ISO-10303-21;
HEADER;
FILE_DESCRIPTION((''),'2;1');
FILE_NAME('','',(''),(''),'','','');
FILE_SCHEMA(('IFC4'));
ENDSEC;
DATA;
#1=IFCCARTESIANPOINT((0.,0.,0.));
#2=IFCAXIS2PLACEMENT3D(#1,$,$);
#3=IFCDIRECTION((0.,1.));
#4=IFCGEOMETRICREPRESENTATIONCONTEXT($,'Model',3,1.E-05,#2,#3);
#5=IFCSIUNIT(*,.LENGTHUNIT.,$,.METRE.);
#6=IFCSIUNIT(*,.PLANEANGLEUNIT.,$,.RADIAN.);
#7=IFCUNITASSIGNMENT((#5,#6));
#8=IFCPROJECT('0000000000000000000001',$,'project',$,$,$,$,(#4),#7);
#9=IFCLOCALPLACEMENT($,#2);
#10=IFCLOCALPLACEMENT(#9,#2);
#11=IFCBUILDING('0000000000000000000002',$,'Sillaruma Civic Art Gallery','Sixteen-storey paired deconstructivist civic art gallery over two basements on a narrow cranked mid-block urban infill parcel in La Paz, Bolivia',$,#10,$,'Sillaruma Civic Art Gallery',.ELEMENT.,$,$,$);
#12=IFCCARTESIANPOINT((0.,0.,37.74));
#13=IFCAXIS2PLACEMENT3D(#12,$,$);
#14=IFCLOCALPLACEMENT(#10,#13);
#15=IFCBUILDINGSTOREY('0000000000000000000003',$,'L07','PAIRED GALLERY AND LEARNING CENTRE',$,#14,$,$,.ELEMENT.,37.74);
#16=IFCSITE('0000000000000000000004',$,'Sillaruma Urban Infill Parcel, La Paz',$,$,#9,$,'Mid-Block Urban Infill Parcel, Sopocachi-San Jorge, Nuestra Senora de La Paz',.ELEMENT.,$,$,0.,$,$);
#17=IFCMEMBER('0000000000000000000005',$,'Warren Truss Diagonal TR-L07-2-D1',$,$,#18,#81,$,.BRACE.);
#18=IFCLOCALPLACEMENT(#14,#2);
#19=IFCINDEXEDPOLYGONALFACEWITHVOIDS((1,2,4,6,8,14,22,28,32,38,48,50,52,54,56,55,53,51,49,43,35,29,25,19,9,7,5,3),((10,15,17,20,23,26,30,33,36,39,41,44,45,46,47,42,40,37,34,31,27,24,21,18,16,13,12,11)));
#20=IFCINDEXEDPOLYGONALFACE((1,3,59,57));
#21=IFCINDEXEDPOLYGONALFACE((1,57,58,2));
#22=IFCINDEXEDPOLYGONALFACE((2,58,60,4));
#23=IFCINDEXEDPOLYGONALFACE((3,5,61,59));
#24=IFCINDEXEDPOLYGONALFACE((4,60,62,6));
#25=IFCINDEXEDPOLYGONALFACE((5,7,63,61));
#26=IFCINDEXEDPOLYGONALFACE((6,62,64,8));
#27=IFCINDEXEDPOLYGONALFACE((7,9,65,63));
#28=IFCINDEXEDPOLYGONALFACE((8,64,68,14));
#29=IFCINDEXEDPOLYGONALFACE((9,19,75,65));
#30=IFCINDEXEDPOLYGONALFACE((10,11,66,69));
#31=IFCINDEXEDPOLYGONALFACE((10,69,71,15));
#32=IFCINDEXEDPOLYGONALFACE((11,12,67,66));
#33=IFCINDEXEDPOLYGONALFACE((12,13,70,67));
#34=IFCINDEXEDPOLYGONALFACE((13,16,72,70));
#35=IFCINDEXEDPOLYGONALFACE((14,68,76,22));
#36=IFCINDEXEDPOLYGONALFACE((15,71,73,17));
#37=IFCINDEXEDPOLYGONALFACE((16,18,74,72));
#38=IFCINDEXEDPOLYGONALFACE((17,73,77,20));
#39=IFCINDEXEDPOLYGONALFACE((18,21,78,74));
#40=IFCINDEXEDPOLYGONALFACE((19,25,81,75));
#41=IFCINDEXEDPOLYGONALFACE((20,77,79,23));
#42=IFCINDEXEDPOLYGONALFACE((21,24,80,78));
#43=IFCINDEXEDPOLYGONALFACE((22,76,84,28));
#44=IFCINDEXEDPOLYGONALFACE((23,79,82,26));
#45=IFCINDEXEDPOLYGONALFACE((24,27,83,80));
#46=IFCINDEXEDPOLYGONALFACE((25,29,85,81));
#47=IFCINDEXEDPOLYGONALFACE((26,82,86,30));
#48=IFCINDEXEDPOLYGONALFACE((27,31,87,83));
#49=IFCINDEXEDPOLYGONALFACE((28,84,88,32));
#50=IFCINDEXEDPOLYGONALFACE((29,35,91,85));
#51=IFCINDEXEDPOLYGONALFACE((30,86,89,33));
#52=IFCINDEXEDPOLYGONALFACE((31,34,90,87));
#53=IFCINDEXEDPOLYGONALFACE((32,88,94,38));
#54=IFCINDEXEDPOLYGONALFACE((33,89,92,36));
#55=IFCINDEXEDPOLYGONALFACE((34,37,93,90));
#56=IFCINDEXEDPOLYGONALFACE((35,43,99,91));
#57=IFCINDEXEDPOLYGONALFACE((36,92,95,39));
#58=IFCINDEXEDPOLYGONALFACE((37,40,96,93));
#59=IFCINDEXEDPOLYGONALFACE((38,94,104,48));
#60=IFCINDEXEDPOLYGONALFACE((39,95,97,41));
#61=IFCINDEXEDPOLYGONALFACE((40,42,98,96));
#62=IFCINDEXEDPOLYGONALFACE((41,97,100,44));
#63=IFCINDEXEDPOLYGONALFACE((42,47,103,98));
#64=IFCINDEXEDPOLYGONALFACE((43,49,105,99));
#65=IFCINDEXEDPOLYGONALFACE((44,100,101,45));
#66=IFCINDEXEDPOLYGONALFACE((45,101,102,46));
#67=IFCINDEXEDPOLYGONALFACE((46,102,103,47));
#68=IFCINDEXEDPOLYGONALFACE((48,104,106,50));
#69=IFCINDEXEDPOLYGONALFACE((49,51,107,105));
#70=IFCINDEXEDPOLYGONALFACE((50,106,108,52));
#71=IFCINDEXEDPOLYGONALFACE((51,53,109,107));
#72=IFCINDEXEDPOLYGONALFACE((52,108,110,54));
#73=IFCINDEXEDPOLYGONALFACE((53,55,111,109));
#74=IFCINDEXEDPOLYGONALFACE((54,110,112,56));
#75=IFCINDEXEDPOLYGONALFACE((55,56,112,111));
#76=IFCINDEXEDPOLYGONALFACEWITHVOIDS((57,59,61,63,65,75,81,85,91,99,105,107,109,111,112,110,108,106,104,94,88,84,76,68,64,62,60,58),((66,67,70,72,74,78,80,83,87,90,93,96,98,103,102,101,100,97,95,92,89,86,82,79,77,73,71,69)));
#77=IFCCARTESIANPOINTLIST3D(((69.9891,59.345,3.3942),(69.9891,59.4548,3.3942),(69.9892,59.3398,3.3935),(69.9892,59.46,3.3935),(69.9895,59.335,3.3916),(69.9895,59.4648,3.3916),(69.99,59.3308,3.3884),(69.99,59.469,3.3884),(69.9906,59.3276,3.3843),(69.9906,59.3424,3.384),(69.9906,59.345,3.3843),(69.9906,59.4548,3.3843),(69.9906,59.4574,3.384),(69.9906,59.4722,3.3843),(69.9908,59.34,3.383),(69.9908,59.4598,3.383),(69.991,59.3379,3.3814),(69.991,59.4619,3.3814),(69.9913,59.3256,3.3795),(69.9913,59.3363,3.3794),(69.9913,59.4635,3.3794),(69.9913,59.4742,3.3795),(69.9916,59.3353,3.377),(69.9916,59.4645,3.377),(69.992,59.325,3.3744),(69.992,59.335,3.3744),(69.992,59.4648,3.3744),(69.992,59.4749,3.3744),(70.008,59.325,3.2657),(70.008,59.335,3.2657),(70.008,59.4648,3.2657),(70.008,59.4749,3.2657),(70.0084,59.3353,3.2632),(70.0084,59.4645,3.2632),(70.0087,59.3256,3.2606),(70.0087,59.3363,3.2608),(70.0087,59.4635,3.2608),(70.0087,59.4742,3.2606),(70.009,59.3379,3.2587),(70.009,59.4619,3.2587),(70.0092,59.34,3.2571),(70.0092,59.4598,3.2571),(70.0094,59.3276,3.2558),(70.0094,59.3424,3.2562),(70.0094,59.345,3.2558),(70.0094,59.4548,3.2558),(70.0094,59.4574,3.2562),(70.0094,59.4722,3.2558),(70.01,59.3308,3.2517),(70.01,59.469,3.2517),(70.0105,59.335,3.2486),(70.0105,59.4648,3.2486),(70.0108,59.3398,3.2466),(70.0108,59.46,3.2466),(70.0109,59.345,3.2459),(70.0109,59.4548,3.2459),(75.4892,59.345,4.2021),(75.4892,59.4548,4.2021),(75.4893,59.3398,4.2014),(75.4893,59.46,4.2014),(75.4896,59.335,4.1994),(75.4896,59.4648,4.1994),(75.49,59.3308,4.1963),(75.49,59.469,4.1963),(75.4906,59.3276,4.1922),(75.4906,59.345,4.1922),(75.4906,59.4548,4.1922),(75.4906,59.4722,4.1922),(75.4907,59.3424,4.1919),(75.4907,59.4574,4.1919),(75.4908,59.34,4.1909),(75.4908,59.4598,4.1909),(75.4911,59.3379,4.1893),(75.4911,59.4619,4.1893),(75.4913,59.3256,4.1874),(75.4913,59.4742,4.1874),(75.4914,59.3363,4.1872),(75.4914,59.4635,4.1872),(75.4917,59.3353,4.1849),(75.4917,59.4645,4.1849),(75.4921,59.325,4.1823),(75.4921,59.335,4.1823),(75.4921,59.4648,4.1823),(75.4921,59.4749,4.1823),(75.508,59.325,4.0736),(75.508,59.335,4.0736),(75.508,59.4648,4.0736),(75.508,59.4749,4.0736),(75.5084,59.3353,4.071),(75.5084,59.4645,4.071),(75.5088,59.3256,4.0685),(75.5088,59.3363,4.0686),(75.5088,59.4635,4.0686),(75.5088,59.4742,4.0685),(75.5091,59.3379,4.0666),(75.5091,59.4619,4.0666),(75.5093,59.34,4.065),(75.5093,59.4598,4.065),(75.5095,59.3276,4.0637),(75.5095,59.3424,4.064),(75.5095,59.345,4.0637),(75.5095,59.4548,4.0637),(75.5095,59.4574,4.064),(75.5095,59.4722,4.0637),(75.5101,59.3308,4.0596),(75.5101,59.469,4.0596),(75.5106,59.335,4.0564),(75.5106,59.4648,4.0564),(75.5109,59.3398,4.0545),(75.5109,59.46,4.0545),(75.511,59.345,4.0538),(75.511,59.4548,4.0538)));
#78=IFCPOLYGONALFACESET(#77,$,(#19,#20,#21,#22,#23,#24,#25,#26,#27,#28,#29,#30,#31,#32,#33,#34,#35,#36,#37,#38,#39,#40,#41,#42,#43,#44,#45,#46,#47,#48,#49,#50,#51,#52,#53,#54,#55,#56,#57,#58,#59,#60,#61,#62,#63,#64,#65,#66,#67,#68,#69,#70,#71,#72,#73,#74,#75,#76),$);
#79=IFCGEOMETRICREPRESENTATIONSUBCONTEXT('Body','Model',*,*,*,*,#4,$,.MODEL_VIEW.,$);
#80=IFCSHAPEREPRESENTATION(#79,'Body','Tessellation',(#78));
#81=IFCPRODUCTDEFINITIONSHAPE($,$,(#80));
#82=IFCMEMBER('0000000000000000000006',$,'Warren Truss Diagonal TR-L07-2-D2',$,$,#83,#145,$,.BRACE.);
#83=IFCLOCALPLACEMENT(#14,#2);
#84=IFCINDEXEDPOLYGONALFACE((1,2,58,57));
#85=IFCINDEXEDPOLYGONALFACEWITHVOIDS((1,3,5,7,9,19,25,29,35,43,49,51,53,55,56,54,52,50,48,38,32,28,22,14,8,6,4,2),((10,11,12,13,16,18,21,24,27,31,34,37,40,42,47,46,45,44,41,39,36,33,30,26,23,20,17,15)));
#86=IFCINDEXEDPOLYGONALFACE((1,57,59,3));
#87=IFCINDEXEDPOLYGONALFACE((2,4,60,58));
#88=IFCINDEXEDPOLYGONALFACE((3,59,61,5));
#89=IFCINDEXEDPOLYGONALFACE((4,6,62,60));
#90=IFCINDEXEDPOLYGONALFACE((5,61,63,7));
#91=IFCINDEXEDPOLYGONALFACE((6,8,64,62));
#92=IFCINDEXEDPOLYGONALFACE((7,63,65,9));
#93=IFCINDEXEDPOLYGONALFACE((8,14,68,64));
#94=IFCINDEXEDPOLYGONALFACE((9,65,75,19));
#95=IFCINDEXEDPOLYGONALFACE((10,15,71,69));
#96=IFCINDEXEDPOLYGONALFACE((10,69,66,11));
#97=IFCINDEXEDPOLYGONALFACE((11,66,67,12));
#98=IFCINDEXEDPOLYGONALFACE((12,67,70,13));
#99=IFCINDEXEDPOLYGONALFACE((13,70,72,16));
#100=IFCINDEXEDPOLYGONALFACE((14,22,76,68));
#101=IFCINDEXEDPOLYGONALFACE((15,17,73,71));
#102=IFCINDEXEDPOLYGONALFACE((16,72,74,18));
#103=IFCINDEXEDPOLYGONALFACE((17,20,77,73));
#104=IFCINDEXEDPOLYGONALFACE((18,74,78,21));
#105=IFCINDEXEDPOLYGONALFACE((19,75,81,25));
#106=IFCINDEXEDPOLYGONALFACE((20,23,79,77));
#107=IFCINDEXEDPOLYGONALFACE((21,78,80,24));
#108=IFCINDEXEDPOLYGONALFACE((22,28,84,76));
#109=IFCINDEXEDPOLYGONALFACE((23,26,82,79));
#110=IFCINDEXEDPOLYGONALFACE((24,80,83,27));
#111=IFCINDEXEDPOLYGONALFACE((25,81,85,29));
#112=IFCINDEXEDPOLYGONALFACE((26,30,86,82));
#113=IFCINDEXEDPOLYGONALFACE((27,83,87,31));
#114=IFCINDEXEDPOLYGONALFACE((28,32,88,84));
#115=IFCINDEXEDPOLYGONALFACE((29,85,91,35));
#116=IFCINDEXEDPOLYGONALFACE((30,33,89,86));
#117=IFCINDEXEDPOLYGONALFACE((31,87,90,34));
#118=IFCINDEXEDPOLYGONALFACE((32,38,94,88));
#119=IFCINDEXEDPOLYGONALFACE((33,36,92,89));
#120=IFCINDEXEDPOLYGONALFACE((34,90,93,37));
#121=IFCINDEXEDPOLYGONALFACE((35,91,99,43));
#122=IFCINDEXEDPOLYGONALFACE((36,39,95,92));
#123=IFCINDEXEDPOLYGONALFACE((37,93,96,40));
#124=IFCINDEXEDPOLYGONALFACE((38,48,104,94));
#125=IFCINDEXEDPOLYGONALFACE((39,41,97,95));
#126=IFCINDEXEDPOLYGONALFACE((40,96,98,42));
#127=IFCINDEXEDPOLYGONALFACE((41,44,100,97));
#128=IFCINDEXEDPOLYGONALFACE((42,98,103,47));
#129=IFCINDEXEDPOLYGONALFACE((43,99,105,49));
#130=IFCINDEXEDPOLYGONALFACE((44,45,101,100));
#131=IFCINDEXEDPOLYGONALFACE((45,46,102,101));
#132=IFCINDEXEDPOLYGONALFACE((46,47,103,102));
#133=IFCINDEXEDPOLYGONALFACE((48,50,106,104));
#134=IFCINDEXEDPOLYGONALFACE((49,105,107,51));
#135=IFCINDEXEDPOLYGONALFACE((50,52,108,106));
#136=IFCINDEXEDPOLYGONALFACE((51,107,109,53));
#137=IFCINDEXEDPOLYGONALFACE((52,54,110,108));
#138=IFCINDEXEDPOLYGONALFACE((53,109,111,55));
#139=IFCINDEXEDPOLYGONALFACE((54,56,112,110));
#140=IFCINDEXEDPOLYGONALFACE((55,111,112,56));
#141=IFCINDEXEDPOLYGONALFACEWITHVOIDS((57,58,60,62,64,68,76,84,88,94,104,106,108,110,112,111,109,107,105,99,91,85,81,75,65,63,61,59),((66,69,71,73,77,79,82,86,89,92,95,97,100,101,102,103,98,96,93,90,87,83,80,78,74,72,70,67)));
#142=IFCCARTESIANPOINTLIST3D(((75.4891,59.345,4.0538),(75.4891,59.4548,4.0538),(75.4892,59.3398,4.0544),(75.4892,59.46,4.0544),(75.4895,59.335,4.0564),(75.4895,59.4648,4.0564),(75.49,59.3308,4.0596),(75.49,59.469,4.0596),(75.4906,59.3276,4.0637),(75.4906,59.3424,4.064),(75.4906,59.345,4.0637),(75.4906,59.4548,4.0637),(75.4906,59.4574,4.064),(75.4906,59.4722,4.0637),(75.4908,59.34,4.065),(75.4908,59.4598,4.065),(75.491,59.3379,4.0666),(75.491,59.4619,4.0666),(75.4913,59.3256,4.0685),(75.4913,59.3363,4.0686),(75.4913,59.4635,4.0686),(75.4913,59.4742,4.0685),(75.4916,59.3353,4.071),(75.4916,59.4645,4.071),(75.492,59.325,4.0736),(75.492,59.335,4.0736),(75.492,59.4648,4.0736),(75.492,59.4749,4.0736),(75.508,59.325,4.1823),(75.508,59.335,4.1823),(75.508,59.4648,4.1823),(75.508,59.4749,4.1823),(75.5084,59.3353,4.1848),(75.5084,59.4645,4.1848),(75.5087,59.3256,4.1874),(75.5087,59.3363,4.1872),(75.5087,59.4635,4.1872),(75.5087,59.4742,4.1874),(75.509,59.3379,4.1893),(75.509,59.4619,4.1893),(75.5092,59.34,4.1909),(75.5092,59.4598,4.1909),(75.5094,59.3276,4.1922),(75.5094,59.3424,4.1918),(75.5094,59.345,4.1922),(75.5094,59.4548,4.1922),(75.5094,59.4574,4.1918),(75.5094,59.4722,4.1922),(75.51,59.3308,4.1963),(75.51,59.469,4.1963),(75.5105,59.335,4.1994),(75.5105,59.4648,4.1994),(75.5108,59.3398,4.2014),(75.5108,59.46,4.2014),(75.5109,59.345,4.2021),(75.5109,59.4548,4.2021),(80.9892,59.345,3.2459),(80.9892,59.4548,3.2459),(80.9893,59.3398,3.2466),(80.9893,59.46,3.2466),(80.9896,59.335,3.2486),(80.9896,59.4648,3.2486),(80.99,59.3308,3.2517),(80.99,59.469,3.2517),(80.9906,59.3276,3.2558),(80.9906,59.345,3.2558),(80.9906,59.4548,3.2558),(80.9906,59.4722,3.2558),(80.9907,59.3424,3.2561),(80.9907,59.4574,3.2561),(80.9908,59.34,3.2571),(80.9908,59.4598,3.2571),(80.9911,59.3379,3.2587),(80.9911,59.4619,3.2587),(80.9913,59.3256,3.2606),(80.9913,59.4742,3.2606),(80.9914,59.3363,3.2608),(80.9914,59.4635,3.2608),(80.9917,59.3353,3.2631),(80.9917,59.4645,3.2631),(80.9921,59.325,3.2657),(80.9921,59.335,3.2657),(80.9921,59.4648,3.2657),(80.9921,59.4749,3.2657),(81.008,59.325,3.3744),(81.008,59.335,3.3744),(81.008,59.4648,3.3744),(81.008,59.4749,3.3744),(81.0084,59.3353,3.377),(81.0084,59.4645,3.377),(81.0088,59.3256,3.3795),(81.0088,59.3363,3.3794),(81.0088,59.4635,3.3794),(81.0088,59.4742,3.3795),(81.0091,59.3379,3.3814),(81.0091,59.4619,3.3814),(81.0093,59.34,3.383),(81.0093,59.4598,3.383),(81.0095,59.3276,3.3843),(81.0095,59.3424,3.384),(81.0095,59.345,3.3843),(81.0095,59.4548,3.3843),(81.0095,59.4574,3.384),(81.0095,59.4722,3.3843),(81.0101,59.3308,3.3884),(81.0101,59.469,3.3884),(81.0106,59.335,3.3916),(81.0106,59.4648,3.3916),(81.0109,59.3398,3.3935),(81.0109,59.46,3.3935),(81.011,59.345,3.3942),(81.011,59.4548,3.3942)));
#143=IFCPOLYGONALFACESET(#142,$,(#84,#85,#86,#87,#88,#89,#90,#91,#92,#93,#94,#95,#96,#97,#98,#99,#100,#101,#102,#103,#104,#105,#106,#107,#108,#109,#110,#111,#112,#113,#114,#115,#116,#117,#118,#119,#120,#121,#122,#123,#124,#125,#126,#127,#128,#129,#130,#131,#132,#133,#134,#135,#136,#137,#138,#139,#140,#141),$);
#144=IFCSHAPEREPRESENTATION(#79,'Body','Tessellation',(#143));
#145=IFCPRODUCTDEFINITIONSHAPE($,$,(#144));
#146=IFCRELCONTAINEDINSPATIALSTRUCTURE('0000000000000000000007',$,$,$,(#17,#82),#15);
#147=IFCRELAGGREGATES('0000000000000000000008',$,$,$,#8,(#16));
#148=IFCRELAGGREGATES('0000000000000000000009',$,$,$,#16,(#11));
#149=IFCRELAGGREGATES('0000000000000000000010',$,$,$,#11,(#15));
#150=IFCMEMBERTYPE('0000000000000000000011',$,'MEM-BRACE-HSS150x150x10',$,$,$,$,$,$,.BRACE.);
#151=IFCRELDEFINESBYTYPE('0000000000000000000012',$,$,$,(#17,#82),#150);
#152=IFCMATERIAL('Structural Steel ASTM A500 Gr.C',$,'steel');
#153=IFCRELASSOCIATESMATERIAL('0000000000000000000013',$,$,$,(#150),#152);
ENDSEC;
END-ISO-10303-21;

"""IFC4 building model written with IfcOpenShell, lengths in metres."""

from ifc_helpers import new_model, si_unit, direction, frame, origin, origin_2d, place, context, subcontext, project, spatial, hollow_rectangle, extrude, material, material_profile, profile_set, type_object, element, save


model = new_model("IFC4")

# Units and contexts
model_context = context("Model", 3, precision=1e-05, world=origin(), true_north=direction((0.0, 1.0)))
body_context = subcontext(model_context, "Body", "Model", "MODEL_VIEW")
ifc_project = project(units=[si_unit("LENGTHUNIT", "METRE"), si_unit("PLANEANGLEUNIT", "RADIAN")], contexts=[model_context])

# Site, building, storey
site_placement = place(None, origin())
site = spatial("IfcSite", under=ifc_project, at=site_placement, Name="Sillaruma Urban Infill Parcel, La Paz", LongName="Mid-Block Urban Infill Parcel, Sopocachi-San Jorge, Nuestra Senora de La Paz", CompositionType="ELEMENT", RefElevation=0.0)
building_placement = place(site_placement, origin())
building = spatial("IfcBuilding", under=site, at=building_placement, Name="Sillaruma Civic Art Gallery", Description="Sixteen-storey paired deconstructivist civic art gallery over two basements on a narrow cranked mid-block urban infill parcel in La Paz, Bolivia", LongName="Sillaruma Civic Art Gallery", CompositionType="ELEMENT")
storey_placement = place(building_placement, frame((0.0, 0.0, 37.74)))
storey = spatial("IfcBuildingStorey", under=building, at=storey_placement, Name="L07", Description="PAIRED GALLERY AND LEARNING CENTRE", CompositionType="ELEMENT", Elevation=37.74)

# Members
ifc_material_1 = material(Name="Structural Steel ASTM A500 Gr.C", Category="steel")
ifc_material_profile_1 = material_profile(ifc_material_1, hollow_rectangle(XDim=0.1499, YDim=0.1499, WallThickness=0.01, InnerFilletRadius=0.01, OuterFilletRadius=0.02, at=origin_2d()), Name="HSS150x150x10")
ifc_profile_set_1 = profile_set([ifc_material_profile_1], Name="Structural Steel ASTM A500 Gr.C")
member_type_1 = type_object("IfcMemberType", Name="MEM-BRACE-HSS150x150x10", PredefinedType="BRACE", material=ifc_profile_set_1)
for number, where, z_axis, x_axis, name in (
    (1, (70.0, 59.3999, 3.3201), (0.989384, 0.0, 0.145325), (0.0, 1.0, 0.0), "Warren Truss Diagonal TR-L07-2-D1"),
    (2, (75.5, 59.3999, 4.1279), (0.989384, 0.0, -0.145325), (0.0, 1.0, 0.0), "Warren Truss Diagonal TR-L07-2-D2"),
):
    element("IfcMember", number, at=place(storey_placement, frame(where, z_axis=z_axis, x_axis=x_axis)), inside=storey, type_object=member_type_1, Name=name, PredefinedType="BRACE", context=body_context, shape_type="SweptSolid", body=[
        extrude(hollow_rectangle(XDim=0.1499, YDim=0.1499, WallThickness=0.01, InnerFilletRadius=0.01, OuterFilletRadius=0.02, at=origin_2d()), origin(), (0.0, 0.0, 1.0), 5.5591),
    ])

save(model, "model.ifc")
